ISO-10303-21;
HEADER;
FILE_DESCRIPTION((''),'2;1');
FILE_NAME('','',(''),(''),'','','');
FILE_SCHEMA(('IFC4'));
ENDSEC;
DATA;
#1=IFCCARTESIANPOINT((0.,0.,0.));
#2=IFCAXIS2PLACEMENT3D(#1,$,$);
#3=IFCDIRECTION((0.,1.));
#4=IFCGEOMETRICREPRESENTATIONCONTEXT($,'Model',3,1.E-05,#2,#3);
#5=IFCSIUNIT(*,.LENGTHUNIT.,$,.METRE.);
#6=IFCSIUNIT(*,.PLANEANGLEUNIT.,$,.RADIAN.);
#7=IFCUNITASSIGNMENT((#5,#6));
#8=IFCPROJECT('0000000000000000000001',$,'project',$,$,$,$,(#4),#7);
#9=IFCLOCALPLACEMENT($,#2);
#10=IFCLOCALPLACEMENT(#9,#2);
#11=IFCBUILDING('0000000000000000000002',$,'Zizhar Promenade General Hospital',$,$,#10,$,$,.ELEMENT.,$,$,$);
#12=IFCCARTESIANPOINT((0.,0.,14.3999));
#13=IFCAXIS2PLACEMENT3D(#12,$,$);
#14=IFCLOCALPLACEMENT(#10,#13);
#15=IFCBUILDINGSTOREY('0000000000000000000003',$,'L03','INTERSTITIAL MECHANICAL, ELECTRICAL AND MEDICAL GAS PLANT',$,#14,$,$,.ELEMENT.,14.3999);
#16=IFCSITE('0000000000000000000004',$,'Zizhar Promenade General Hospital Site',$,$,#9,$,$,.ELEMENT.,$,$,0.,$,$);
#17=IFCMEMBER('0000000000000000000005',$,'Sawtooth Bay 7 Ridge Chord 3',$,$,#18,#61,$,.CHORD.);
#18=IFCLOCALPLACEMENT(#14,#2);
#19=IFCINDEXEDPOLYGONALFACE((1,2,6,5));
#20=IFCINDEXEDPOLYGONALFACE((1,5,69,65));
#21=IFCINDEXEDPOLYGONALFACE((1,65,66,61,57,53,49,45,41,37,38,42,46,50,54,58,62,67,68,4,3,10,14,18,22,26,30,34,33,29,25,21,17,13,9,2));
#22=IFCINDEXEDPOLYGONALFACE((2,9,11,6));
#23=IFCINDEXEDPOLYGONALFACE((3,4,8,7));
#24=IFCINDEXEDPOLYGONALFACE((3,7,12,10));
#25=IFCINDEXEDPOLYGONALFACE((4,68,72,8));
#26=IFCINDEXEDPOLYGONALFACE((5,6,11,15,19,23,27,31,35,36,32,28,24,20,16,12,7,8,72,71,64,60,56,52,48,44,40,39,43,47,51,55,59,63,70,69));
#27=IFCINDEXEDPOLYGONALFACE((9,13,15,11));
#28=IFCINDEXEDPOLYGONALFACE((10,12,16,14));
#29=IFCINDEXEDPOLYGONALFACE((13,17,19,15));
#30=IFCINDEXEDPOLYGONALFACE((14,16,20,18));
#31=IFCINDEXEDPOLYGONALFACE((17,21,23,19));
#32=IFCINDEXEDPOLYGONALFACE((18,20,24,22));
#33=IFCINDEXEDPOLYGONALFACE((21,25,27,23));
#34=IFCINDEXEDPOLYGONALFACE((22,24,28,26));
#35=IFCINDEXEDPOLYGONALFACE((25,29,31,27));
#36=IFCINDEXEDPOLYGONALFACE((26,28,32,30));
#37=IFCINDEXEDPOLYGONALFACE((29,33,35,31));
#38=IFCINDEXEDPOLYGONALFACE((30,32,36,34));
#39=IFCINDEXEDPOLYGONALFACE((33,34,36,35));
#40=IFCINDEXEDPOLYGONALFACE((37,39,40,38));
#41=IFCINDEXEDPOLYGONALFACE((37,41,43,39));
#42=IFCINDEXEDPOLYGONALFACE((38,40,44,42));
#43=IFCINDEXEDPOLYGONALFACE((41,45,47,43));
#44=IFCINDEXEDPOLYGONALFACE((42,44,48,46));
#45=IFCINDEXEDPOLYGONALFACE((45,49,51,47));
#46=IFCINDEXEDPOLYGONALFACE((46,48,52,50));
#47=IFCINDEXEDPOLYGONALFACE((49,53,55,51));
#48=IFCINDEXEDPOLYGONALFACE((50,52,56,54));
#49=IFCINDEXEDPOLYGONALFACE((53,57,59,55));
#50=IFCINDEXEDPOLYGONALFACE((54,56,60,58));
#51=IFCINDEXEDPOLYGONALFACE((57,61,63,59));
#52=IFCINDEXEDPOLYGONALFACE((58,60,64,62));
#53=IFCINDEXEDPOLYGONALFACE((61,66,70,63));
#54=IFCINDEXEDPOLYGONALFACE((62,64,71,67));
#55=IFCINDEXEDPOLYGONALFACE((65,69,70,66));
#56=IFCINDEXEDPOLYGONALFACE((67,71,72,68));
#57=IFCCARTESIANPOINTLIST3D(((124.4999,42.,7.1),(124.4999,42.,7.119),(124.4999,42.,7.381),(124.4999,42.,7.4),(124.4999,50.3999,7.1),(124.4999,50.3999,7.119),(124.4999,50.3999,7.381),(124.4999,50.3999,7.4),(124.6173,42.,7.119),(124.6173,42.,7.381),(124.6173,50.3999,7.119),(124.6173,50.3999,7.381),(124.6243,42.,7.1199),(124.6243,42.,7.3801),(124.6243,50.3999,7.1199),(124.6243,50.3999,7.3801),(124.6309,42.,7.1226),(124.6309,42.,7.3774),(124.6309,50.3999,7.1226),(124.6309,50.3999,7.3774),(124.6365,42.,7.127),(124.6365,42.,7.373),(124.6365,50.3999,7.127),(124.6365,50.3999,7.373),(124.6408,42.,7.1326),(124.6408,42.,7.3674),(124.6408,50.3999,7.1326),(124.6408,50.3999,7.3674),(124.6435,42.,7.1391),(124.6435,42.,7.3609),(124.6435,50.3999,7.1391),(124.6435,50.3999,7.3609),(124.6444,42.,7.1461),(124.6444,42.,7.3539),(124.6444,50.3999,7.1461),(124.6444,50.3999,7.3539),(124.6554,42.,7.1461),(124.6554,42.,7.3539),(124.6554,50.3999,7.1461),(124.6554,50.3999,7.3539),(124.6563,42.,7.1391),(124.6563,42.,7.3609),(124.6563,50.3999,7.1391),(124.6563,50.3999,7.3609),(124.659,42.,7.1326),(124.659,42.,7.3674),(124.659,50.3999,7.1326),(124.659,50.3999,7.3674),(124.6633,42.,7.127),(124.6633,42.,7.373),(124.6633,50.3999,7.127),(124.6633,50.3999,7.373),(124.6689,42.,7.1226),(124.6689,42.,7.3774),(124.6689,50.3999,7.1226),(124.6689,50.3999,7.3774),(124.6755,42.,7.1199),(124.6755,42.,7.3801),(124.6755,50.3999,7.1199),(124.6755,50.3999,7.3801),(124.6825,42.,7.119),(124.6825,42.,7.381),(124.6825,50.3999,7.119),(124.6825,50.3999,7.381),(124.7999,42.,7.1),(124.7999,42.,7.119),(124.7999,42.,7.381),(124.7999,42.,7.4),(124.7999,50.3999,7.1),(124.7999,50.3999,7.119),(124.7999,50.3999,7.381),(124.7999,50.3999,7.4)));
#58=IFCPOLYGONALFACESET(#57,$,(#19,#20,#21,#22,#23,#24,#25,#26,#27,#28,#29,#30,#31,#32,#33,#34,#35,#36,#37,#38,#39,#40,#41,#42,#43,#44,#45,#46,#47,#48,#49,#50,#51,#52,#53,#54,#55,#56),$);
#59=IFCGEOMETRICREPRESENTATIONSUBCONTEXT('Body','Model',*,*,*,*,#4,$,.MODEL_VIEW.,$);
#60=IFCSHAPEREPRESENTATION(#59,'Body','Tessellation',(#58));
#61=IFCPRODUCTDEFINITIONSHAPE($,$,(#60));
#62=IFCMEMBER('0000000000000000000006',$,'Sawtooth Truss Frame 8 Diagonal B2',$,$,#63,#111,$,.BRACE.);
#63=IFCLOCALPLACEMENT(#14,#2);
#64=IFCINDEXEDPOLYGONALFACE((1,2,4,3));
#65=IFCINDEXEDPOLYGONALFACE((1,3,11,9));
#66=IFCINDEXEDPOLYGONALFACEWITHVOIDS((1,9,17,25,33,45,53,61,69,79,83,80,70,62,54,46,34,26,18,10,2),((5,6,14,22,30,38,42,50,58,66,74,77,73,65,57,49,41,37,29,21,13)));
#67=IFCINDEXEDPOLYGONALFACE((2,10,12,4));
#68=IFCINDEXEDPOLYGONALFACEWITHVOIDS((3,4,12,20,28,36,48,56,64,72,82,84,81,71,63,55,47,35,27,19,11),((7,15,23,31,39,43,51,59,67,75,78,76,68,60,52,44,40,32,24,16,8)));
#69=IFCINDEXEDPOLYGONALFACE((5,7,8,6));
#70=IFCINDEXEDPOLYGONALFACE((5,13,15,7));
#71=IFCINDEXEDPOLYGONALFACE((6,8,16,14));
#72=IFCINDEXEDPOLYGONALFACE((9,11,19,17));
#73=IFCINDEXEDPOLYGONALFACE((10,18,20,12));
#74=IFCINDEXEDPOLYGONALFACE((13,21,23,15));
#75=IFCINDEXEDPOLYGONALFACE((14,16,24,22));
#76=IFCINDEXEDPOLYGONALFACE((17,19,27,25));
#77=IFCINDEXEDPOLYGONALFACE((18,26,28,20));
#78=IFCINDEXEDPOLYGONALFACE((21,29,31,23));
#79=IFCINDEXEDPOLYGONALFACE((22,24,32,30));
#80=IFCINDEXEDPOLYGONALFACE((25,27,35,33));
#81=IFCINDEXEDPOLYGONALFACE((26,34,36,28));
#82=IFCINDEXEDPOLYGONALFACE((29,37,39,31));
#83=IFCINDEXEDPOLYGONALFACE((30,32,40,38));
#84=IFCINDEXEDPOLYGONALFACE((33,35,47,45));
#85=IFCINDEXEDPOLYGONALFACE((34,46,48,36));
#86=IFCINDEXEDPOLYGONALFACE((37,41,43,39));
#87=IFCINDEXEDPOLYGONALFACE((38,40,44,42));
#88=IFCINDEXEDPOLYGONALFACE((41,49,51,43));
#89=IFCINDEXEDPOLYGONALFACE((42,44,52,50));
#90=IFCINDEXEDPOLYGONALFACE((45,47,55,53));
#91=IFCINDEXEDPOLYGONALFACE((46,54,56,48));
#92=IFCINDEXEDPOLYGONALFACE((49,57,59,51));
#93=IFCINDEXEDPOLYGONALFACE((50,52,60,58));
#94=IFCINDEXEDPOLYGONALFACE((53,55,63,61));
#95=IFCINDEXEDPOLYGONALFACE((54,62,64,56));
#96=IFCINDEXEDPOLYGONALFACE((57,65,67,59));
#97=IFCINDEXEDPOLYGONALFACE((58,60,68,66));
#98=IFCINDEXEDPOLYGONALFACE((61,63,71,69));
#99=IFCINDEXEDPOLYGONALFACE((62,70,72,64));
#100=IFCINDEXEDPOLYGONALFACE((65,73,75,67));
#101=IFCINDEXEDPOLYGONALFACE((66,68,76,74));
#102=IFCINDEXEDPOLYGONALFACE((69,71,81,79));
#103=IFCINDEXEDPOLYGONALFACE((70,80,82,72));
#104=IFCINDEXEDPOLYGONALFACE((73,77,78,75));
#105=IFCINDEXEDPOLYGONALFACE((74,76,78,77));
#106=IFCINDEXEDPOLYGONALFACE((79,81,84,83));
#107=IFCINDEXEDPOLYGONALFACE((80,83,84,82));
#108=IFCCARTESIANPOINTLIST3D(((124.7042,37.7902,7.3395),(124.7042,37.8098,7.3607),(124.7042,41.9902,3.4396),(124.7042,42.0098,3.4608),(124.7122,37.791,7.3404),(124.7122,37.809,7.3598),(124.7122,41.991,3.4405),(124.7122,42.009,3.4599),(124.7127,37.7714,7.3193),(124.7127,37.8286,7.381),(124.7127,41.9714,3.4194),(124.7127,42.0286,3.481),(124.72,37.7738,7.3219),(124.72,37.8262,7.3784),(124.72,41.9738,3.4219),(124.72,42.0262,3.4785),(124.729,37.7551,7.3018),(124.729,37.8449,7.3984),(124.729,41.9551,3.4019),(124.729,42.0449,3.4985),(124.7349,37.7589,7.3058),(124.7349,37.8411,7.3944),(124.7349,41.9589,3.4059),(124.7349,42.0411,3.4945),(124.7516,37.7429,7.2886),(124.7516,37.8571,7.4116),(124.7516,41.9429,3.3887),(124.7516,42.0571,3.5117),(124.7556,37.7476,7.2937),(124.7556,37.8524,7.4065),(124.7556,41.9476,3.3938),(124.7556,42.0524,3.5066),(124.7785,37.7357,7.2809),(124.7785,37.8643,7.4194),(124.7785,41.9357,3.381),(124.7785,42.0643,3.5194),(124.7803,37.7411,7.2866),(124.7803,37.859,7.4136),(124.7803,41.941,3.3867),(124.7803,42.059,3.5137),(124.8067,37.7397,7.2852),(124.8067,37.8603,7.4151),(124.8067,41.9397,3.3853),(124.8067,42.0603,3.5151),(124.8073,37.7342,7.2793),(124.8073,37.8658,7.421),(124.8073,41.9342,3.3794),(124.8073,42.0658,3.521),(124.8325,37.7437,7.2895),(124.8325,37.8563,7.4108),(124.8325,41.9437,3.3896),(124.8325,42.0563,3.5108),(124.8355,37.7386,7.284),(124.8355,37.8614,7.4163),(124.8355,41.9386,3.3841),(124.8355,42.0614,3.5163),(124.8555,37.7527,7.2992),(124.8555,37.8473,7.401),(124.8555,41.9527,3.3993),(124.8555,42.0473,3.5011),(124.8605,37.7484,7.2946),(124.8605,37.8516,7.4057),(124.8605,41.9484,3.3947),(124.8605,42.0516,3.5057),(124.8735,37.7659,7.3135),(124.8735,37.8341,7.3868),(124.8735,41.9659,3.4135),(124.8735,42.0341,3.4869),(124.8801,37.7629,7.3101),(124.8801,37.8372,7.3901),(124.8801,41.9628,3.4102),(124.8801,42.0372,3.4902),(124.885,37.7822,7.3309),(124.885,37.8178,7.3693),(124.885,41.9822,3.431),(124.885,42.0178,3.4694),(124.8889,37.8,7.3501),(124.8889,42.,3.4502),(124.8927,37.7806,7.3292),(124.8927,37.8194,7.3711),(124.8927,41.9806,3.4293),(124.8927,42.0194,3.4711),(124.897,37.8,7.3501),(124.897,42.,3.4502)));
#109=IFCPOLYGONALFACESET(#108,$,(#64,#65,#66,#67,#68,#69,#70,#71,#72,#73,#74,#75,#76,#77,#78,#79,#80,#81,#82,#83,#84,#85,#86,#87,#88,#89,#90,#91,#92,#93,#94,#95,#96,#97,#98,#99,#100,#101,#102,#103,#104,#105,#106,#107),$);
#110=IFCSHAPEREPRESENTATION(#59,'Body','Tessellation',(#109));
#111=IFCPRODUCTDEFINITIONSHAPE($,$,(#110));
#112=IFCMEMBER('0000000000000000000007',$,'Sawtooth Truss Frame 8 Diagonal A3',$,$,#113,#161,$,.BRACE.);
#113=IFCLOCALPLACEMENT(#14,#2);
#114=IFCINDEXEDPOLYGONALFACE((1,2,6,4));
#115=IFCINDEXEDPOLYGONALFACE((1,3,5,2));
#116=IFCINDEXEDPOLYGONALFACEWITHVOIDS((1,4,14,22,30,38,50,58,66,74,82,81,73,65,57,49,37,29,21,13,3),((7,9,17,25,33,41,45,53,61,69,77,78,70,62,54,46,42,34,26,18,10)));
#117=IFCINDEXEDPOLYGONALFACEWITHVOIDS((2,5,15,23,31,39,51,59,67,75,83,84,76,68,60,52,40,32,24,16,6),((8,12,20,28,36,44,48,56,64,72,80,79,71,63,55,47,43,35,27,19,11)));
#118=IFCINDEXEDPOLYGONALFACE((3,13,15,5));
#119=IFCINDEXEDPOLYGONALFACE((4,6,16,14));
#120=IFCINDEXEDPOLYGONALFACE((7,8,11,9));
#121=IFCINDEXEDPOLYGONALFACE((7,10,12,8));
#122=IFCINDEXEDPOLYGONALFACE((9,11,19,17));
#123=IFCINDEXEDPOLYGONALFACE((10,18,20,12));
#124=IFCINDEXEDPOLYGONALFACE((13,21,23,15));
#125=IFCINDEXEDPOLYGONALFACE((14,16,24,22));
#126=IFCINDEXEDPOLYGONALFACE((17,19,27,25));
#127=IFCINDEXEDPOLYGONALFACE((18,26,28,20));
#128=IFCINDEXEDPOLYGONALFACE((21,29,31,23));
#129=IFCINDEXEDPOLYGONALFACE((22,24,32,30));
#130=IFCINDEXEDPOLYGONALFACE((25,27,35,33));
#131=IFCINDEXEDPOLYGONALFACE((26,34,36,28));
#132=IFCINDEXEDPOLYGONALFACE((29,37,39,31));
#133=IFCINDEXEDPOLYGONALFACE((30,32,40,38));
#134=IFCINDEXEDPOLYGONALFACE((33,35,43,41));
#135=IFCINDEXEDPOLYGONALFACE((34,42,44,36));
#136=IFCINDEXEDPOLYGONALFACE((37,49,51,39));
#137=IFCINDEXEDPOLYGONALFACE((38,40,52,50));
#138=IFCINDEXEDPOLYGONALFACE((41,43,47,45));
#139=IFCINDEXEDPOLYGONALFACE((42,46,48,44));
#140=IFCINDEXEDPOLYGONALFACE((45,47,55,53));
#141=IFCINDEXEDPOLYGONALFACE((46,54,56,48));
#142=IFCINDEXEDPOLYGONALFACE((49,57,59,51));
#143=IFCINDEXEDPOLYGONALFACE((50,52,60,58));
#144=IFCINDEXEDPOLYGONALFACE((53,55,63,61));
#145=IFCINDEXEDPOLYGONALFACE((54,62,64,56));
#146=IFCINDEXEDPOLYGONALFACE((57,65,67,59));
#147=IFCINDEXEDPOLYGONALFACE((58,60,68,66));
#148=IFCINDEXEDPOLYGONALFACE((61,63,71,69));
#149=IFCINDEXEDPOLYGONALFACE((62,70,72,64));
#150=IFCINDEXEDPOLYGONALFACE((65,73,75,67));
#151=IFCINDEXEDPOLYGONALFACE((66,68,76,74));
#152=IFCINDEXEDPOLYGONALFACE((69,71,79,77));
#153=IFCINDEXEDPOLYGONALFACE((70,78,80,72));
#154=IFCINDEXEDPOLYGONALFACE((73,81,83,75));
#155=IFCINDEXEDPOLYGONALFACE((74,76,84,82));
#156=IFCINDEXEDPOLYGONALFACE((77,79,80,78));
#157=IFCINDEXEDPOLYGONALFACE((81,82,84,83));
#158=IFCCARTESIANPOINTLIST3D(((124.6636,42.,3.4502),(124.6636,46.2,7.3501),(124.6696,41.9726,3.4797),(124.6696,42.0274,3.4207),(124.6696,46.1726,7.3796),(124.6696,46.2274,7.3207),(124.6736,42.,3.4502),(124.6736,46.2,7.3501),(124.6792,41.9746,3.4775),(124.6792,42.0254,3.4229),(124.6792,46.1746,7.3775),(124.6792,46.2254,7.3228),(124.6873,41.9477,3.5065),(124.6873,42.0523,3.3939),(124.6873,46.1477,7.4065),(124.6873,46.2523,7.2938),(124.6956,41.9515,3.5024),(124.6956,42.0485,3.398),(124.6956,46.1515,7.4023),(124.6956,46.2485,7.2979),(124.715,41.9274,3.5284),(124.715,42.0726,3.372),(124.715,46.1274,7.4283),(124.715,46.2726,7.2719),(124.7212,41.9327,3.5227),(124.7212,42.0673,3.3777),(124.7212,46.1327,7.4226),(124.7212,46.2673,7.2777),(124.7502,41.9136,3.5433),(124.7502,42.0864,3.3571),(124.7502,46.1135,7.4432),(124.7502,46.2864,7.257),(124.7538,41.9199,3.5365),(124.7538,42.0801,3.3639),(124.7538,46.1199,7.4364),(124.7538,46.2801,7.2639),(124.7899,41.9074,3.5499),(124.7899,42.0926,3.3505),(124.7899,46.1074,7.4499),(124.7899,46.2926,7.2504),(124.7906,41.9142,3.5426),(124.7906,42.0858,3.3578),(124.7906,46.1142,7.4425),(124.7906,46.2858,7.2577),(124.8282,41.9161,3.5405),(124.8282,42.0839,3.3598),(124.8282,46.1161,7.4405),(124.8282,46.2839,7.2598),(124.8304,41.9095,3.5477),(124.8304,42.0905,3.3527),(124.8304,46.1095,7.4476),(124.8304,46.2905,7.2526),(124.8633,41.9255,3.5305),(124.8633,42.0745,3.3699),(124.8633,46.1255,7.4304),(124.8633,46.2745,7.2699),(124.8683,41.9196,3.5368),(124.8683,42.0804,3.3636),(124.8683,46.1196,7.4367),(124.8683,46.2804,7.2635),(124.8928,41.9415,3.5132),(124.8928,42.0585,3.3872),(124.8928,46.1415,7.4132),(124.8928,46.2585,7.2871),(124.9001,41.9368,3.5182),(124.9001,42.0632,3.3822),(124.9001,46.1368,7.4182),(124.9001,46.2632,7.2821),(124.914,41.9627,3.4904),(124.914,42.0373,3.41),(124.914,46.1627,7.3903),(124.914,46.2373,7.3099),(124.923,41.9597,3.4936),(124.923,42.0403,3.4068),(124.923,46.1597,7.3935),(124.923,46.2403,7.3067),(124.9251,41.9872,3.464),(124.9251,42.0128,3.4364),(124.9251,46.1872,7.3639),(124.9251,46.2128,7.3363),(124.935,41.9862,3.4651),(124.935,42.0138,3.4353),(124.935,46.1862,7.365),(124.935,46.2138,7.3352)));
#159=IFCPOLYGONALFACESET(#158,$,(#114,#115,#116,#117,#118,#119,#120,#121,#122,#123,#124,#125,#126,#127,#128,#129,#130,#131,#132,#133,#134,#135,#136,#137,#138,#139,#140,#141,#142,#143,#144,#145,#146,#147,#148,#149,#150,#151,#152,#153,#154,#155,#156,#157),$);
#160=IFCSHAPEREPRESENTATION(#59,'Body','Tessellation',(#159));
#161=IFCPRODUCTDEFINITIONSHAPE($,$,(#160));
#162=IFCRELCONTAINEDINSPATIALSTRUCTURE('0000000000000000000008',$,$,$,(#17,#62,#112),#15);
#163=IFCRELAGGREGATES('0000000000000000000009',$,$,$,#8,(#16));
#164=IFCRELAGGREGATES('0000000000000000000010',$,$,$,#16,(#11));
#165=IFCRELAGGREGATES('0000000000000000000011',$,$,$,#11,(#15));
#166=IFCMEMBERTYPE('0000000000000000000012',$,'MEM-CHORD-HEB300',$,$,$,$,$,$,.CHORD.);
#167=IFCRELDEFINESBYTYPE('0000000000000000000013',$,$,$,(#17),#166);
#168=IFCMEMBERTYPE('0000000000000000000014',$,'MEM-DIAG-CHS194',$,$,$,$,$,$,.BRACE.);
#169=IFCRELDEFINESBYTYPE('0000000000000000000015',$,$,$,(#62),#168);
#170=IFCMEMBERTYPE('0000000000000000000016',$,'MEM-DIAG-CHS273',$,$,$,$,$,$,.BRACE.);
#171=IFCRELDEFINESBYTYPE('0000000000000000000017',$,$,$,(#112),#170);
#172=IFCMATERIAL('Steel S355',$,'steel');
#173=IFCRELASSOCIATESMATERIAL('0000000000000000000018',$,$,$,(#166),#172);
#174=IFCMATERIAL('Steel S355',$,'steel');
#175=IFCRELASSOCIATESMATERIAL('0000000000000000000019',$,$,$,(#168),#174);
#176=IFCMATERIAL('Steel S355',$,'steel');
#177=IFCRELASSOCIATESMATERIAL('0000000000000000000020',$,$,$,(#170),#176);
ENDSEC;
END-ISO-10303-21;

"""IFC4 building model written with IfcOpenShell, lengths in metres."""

from ifc_helpers import new_model, si_unit, direction, frame, origin, origin_2d, place, context, subcontext, project, spatial, hollow_circle, i_section, extrude, material, material_profile, profile_set, type_object, element, save


model = new_model("IFC4")

# Units and contexts
model_context = context("Model", 3, precision=1e-05, world=origin(), true_north=direction((0.0, 1.0)))
body_context = subcontext(model_context, "Body", "Model", "MODEL_VIEW")
ifc_project = project(units=[si_unit("LENGTHUNIT", "METRE"), si_unit("PLANEANGLEUNIT", "RADIAN")], contexts=[model_context])

# Site, building, storey
site_placement = place(None, origin())
site = spatial("IfcSite", under=ifc_project, at=site_placement, Name="Zizhar Promenade General Hospital Site", CompositionType="ELEMENT", RefElevation=0.0)
building_placement = place(site_placement, origin())
building = spatial("IfcBuilding", under=site, at=building_placement, Name="Zizhar Promenade General Hospital", CompositionType="ELEMENT")
storey_placement = place(building_placement, frame((0.0, 0.0, 14.3999)))
storey = spatial("IfcBuildingStorey", under=building, at=storey_placement, Name="L03", Description="INTERSTITIAL MECHANICAL, ELECTRICAL AND MEDICAL GAS PLANT", CompositionType="ELEMENT", Elevation=14.3999)

# Members
ifc_material_1 = material(Name="Steel S355", Category="steel")
ifc_material_profile_1 = material_profile(ifc_material_1, i_section(OverallWidth=0.3, OverallDepth=0.3, WebThickness=0.011, FlangeThickness=0.019, FilletRadius=0.0271, at=origin_2d()))
ifc_profile_set_1 = profile_set([ifc_material_profile_1], Name="Steel S355")
member_type_1 = type_object("IfcMemberType", Name="MEM-CHORD-HEB300", PredefinedType="CHORD", material=ifc_profile_set_1)
member_1_placement = place(storey_placement, frame((124.6499, 42.0, 7.25), z_axis=(0.0, 1.0, 0.0), x_axis=(-1.0, 0.0, 0.0)))
element("IfcMember", 1, at=member_1_placement, inside=storey, type_object=member_type_1, Name="Sawtooth Bay 7 Ridge Chord 3", PredefinedType="CHORD", context=body_context, shape_type="SweptSolid", body=[
    extrude(i_section(OverallWidth=0.3, OverallDepth=0.3, WebThickness=0.011, FlangeThickness=0.019, FilletRadius=0.0271, at=origin_2d()), origin(), (0.0, 0.0, 1.0), 8.3999),
])
ifc_material_2 = material(Name="Steel S355", Category="steel")
ifc_material_profile_2 = material_profile(ifc_material_2, hollow_circle(Radius=0.0969, WallThickness=0.0081, at=origin_2d()))
ifc_profile_set_2 = profile_set([ifc_material_profile_2], Name="Steel S355")
member_type_2 = type_object("IfcMemberType", Name="MEM-DIAG-CHS194", PredefinedType="BRACE", material=ifc_profile_set_2)
member_2_placement = place(storey_placement, frame((124.8, 42.0, 3.4502), z_axis=(0.0, -0.732798, 0.680446), x_axis=(1.0, 0.0, 0.0)))
element("IfcMember", 2, at=member_2_placement, inside=storey, type_object=member_type_2, Name="Sawtooth Truss Frame 8 Diagonal B2", PredefinedType="BRACE", context=body_context, shape_type="SweptSolid", body=[
    extrude(hollow_circle(Radius=0.0969, WallThickness=0.0081, at=origin_2d()), origin(), (0.0, 0.0, 1.0), 5.7314),
])
ifc_material_3 = material(Name="Steel S355", Category="steel")
ifc_material_profile_3 = material_profile(ifc_material_3, hollow_circle(Radius=0.1365, WallThickness=0.01, at=origin_2d()))
ifc_profile_set_3 = profile_set([ifc_material_profile_3], Name="Steel S355")
member_type_3 = type_object("IfcMemberType", Name="MEM-DIAG-CHS273", PredefinedType="BRACE", material=ifc_profile_set_3)
member_3_placement = place(storey_placement, frame((124.8, 42.0, 3.4502), z_axis=(0.0, 0.732798, 0.680446), x_axis=(-1.0, 0.0, 0.0)))
element("IfcMember", 3, at=member_3_placement, inside=storey, type_object=member_type_3, Name="Sawtooth Truss Frame 8 Diagonal A3", PredefinedType="BRACE", context=body_context, shape_type="SweptSolid", body=[
    extrude(hollow_circle(Radius=0.1365, WallThickness=0.01, at=origin_2d()), origin(), (0.0, 0.0, 1.0), 5.7314),
])

save(model, "model.ifc")
